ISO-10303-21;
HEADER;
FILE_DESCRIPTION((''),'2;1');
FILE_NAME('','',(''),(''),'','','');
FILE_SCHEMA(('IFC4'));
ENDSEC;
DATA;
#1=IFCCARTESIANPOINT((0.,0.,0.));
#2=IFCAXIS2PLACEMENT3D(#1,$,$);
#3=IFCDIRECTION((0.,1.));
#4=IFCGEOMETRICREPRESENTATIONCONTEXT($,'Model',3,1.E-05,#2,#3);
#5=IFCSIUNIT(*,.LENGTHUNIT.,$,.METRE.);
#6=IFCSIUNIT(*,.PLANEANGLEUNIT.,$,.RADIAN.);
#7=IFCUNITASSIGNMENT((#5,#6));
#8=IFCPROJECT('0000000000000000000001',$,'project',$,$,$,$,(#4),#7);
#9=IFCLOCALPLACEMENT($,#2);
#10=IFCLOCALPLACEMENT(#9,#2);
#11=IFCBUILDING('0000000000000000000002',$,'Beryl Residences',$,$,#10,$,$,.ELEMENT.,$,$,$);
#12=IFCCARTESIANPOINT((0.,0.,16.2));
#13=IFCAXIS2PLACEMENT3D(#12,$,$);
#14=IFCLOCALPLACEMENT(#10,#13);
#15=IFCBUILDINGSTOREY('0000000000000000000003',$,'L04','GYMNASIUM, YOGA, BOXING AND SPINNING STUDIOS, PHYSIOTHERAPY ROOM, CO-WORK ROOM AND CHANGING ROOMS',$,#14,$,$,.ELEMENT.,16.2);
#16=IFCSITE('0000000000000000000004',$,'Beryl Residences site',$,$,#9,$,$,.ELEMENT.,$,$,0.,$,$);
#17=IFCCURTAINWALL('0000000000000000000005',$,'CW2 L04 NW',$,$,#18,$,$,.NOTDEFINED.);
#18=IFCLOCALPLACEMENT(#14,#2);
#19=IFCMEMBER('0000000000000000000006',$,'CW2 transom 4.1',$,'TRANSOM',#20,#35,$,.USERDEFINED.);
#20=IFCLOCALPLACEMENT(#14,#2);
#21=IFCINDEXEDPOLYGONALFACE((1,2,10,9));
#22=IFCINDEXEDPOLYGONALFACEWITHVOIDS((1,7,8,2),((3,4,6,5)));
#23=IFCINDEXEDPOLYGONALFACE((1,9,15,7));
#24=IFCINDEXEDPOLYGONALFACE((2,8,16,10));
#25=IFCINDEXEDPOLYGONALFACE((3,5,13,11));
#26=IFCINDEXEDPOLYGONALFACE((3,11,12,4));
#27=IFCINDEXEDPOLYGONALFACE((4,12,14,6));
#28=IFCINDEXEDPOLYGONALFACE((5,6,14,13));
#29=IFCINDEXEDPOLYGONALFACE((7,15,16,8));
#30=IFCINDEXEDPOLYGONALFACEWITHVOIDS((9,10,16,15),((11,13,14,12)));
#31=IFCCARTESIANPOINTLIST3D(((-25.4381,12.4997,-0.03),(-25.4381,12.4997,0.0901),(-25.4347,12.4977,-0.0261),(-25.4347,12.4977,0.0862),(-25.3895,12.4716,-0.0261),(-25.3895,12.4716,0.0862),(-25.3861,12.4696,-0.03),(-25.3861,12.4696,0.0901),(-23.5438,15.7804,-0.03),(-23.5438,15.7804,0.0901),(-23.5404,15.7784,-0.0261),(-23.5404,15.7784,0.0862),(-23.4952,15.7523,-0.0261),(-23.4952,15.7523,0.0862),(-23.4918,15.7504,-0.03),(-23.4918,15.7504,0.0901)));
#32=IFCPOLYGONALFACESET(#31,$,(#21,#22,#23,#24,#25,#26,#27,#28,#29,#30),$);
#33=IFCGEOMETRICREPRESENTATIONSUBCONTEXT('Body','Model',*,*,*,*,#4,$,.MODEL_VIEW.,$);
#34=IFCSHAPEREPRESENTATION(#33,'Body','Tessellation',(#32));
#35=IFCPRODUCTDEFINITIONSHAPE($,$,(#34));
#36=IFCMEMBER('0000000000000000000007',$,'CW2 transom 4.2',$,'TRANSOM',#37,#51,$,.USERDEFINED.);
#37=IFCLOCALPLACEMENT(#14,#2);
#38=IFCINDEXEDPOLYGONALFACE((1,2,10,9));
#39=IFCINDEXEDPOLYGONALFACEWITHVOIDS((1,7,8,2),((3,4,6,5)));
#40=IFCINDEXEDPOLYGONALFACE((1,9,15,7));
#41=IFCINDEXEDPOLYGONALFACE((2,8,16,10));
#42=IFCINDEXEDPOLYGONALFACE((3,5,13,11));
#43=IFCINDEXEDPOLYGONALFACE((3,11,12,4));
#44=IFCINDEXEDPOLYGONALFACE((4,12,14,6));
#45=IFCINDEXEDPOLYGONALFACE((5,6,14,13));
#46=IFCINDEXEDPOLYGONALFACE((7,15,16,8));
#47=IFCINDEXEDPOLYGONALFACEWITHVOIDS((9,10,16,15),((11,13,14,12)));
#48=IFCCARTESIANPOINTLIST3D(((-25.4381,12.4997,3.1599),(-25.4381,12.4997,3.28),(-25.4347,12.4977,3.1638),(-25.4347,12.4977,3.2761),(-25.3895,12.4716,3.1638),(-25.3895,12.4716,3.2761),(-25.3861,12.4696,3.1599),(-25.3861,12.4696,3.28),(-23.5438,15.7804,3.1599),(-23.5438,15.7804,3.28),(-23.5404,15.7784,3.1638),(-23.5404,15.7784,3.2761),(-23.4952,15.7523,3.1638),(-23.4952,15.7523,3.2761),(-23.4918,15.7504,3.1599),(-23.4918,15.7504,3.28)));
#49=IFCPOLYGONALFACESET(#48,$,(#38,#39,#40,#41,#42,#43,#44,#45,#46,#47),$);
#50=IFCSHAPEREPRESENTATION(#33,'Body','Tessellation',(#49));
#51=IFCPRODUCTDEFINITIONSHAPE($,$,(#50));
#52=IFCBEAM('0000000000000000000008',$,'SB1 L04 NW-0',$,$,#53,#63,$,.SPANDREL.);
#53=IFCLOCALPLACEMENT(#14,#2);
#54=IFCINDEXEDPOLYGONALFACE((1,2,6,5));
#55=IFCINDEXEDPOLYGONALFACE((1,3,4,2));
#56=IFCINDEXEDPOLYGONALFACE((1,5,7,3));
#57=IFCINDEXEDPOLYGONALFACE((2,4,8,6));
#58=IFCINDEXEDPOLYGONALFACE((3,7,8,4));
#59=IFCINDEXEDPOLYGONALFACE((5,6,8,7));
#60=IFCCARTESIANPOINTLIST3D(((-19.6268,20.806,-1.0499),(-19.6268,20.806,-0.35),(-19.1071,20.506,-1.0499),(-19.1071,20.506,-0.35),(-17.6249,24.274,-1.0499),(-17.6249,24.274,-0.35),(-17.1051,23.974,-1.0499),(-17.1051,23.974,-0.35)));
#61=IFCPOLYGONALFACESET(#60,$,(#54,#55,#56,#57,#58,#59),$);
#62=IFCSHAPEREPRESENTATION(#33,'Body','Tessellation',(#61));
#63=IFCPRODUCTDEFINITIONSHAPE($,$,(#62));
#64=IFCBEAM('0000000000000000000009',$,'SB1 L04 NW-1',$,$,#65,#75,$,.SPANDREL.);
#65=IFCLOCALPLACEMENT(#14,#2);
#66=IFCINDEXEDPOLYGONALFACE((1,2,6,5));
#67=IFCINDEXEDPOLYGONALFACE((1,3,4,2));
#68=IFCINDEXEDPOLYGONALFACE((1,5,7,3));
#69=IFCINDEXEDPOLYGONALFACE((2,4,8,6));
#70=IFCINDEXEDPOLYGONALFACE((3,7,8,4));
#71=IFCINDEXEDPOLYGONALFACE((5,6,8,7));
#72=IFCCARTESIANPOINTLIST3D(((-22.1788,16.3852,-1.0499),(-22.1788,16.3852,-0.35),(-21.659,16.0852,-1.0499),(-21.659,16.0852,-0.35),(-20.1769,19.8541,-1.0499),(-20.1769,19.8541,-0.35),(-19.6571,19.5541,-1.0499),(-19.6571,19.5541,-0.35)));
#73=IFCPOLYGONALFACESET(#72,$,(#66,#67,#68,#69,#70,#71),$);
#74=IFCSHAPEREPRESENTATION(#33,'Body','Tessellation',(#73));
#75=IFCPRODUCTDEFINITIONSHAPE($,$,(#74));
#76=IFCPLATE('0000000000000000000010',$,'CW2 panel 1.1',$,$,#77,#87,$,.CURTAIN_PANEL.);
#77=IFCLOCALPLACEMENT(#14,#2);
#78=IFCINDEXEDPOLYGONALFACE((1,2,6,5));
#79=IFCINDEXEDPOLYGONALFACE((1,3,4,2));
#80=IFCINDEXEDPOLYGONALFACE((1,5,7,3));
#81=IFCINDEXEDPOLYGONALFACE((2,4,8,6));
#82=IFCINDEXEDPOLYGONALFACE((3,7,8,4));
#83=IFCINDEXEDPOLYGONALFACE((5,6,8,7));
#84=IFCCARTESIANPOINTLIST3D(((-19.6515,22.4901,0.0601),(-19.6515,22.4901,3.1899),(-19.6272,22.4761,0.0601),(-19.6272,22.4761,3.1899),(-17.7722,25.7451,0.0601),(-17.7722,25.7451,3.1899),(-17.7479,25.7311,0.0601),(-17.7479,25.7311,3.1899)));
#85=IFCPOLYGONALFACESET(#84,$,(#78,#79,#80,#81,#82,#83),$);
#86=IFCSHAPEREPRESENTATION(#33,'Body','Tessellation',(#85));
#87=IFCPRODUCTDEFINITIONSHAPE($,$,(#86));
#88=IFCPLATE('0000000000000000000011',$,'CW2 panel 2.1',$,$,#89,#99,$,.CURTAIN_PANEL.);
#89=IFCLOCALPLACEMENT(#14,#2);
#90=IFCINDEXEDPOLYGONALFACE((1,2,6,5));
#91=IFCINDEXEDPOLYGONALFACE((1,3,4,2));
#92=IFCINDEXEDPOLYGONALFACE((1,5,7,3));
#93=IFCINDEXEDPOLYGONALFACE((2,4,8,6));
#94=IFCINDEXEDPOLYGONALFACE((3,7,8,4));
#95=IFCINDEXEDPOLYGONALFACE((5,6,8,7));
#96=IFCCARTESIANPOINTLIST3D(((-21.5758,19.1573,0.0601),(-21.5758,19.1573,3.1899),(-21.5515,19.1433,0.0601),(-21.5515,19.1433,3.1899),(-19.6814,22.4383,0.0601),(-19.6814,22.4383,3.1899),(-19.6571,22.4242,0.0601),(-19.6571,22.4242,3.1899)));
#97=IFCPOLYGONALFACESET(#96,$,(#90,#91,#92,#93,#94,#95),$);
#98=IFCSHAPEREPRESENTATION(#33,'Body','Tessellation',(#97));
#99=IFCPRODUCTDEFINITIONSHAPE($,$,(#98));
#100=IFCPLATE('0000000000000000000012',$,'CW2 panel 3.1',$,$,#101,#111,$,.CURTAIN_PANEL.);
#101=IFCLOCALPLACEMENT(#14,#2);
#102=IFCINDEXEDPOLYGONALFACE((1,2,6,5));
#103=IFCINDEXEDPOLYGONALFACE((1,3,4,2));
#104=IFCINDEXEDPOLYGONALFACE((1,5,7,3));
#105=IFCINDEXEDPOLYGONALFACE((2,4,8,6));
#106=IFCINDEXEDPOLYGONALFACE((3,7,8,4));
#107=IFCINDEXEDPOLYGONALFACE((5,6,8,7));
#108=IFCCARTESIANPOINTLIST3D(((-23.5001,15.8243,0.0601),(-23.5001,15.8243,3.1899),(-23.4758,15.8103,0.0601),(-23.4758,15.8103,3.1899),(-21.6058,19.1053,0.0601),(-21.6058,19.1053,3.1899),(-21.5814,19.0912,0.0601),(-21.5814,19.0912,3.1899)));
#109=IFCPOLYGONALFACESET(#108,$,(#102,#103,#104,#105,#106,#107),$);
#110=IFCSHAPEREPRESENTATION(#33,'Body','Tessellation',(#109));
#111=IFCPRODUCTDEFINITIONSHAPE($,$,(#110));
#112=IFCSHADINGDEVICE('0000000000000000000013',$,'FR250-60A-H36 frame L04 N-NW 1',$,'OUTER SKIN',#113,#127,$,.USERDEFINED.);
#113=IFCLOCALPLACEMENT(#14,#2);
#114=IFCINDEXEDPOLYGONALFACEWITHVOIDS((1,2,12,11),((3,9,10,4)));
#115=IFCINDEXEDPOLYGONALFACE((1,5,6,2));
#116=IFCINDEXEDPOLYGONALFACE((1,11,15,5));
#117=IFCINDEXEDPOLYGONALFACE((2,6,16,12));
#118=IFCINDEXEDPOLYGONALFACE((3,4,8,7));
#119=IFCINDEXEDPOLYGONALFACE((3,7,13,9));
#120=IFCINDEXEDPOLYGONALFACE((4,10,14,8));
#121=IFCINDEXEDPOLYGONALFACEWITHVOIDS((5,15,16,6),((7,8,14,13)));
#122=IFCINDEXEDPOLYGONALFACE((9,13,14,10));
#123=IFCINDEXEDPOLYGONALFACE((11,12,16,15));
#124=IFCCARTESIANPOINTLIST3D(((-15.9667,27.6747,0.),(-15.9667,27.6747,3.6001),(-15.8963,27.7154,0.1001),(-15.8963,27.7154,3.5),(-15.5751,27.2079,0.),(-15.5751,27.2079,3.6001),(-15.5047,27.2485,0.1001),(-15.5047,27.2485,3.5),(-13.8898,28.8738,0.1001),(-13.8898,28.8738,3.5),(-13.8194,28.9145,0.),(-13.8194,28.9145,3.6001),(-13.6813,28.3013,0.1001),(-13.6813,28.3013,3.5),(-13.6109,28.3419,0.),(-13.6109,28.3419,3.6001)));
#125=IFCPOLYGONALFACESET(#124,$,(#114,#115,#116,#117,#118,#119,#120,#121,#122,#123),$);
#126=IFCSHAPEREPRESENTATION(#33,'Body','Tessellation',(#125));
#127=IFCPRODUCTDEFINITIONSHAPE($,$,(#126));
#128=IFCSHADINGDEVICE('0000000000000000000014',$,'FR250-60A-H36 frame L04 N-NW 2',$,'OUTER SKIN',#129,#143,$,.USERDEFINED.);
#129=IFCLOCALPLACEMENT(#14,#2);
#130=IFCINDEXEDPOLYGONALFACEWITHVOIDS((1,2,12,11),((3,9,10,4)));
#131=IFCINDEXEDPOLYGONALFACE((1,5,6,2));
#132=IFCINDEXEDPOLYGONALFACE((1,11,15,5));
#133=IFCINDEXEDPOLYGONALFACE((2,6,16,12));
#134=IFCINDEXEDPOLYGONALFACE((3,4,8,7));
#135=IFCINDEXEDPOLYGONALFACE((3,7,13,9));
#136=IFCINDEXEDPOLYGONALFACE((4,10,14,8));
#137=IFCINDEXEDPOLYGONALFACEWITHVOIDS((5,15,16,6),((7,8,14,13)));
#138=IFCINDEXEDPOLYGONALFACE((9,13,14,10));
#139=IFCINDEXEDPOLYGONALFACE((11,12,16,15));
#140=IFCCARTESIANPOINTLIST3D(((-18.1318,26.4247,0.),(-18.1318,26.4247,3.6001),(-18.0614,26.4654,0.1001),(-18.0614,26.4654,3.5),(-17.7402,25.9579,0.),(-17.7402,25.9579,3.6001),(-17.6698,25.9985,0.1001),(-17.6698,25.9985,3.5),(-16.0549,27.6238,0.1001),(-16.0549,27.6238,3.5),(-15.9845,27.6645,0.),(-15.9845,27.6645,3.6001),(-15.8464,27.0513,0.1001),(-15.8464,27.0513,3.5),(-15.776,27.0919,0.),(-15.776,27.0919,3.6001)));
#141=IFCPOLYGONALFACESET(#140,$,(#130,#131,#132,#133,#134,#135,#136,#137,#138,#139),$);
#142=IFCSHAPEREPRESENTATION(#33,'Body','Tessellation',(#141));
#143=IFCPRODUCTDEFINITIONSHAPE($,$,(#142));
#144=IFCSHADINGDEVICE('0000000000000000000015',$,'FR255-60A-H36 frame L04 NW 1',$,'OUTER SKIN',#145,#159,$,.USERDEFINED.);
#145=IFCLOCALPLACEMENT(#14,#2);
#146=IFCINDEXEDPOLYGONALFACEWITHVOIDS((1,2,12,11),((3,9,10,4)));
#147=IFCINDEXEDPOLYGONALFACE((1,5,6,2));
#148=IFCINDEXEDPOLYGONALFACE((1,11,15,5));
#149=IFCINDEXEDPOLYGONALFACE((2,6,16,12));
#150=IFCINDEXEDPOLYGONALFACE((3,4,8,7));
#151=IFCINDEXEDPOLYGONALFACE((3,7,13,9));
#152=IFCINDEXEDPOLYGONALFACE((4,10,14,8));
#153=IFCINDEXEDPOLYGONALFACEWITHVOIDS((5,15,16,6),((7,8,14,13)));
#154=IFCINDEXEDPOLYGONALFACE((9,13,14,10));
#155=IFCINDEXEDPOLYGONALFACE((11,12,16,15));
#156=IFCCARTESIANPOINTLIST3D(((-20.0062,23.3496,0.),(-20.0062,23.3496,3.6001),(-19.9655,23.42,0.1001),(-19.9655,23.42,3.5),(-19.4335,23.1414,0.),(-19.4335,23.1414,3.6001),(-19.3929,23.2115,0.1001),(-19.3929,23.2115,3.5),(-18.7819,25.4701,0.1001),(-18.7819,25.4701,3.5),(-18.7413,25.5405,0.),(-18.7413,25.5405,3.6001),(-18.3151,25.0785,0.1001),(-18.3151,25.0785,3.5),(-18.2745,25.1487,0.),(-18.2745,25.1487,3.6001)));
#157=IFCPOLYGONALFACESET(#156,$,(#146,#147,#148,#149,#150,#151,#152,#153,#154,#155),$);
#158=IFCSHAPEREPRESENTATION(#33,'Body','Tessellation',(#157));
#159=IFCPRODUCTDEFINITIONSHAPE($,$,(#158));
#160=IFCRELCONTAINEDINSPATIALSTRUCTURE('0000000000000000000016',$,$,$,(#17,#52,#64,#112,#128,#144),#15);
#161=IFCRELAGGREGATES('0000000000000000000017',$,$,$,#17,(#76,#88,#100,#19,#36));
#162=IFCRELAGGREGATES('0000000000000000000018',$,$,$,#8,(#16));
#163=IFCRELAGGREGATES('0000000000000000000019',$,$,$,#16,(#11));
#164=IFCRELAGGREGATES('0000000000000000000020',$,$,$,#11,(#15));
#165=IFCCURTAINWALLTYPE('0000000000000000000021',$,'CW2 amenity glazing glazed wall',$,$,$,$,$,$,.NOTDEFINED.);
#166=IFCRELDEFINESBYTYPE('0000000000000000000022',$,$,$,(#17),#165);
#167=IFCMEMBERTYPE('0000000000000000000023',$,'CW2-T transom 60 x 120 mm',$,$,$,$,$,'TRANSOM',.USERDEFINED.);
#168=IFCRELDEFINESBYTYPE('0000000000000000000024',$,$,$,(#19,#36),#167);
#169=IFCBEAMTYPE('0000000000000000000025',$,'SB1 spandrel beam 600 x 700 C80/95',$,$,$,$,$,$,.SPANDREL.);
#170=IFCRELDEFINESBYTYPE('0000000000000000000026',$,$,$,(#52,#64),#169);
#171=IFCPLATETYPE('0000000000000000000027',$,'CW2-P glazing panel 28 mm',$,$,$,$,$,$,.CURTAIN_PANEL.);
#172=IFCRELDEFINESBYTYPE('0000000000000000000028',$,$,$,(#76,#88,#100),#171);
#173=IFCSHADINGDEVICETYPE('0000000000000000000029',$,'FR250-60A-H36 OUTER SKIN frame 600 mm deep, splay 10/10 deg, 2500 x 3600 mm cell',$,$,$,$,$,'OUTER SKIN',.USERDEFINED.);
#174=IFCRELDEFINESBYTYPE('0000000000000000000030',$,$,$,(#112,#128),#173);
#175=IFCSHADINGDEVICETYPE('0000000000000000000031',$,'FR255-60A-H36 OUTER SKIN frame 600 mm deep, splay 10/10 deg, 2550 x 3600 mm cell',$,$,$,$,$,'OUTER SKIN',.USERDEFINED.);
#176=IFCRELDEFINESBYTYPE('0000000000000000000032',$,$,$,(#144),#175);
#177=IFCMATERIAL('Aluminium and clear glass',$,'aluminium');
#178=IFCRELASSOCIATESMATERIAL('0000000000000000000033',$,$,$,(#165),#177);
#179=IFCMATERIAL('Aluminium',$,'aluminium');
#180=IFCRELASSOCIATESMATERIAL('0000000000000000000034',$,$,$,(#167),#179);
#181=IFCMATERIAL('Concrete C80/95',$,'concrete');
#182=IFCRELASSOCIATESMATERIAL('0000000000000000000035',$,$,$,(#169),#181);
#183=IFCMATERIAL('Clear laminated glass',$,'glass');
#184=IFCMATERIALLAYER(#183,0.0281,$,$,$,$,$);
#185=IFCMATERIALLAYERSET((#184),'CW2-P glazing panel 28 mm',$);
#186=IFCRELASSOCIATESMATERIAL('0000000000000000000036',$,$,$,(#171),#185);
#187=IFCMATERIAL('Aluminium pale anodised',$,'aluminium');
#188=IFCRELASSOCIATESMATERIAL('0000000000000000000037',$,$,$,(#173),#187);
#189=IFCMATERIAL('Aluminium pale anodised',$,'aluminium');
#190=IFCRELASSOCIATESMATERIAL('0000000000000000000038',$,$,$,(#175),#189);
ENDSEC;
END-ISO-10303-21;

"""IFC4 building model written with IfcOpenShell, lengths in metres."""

from ifc_helpers import new_model, entity, si_unit, direction, frame, origin, origin_2d, place, context, subcontext, project, spatial, rectangle, hollow_rectangle, extrude, source, transform, mapped, material, layer, layer_set, material_profile, profile_set, type_object, type_shapes, element, aggregate, save


model = new_model("IFC4")

# Units and contexts
model_context = context("Model", 3, precision=1e-05, world=origin(), true_north=direction((0.0, 1.0)))
body_context = subcontext(model_context, "Body", "Model", "MODEL_VIEW")
ifc_project = project(units=[si_unit("LENGTHUNIT", "METRE"), si_unit("PLANEANGLEUNIT", "RADIAN")], contexts=[model_context])

# Site, building, storey
site_placement = place(None, origin())
site = spatial("IfcSite", under=ifc_project, at=site_placement, Name="Beryl Residences site", CompositionType="ELEMENT", RefElevation=0.0)
building_placement = place(site_placement, origin())
building = spatial("IfcBuilding", under=site, at=building_placement, Name="Beryl Residences", CompositionType="ELEMENT")
storey_placement = place(building_placement, frame((0.0, 0.0, 16.2)))
storey = spatial("IfcBuildingStorey", under=building, at=storey_placement, Name="L04", Description="GYMNASIUM, YOGA, BOXING AND SPINNING STUDIOS, PHYSIOTHERAPY ROOM, CO-WORK ROOM AND CHANGING ROOMS", CompositionType="ELEMENT", Elevation=16.2)

# Curtain wall, members
ifc_material_1 = material(Name="Aluminium and clear glass", Category="aluminium")
curtain_wall_type = type_object("IfcCurtainWallType", Name="CW2 amenity glazing glazed wall", PredefinedType="NOTDEFINED", material=ifc_material_1)
curtain_wall_placement = place(storey_placement, origin())
curtain_wall = element("IfcCurtainWall", 1, at=curtain_wall_placement, inside=storey, type_object=curtain_wall_type, Name="CW2 L04 NW", PredefinedType="NOTDEFINED")
ifc_material_2 = material(Name="Aluminium", Category="aluminium")
ifc_material_profile_1 = material_profile(ifc_material_2, hollow_rectangle(XDim=0.0601, YDim=0.1201, WallThickness=0.0039, at=origin_2d()))
ifc_profile_set_1 = profile_set([ifc_material_profile_1], Name="Aluminium")
member_type_1 = type_object("IfcMemberType", Name="CW2-T transom 60 x 120 mm", ElementType="TRANSOM", PredefinedType="USERDEFINED", material=ifc_profile_set_1)
member_1_placement = place(storey_placement, frame((-23.5178, 15.7654, 0.03), z_axis=(-0.500027, -0.86601, 0.0), x_axis=(0.86601, -0.500027, 0.0)))
member_1 = element("IfcMember", 2, at=member_1_placement, type_object=member_type_1, Name="CW2 transom 4.1", ObjectType="TRANSOM", PredefinedType="USERDEFINED", context=body_context, shape_type="SweptSolid", body=[
    extrude(hollow_rectangle(XDim=0.0601, YDim=0.1201, WallThickness=0.0039, at=origin_2d()), origin(), (0.0, 0.0, 1.0), 3.7883),
])
member_2_placement = place(storey_placement, frame((-23.5178, 15.7654, 3.22), z_axis=(-0.500027, -0.86601, 0.0), x_axis=(0.86601, -0.500027, 0.0)))
member_2 = element("IfcMember", 3, at=member_2_placement, type_object=member_type_1, Name="CW2 transom 4.2", ObjectType="TRANSOM", PredefinedType="USERDEFINED", context=body_context, shape_type="SweptSolid", body=[
    extrude(hollow_rectangle(XDim=0.0601, YDim=0.1201, WallThickness=0.0039, at=origin_2d()), origin(), (0.0, 0.0, 1.0), 3.7883),
])

# Beams
ifc_material_3 = material(Name="Concrete C80/95", Category="concrete")
ifc_material_profile_2 = material_profile(ifc_material_3, rectangle(XDim=0.6001, YDim=0.7, at=origin_2d()))
ifc_profile_set_2 = profile_set([ifc_material_profile_2], Name="Concrete C80/95")
beam_type = type_object("IfcBeamType", Name="SB1 spandrel beam 600 x 700 C80/95", PredefinedType="SPANDREL", material=ifc_profile_set_2)
beam_1_placement = place(storey_placement, frame((-17.365, 24.124, -0.7), z_axis=(-0.499942, -0.866059, 0.0), x_axis=(0.866059, -0.499942, 0.0)))
element("IfcBeam", 4, at=beam_1_placement, inside=storey, type_object=beam_type, Name="SB1 L04 NW-0", PredefinedType="SPANDREL", context=body_context, shape_type="SweptSolid", body=[
    extrude(rectangle(XDim=0.6001, YDim=0.7, at=origin_2d()), origin(), (0.0, 0.0, 1.0), 4.0044),
])
beam_2_placement = place(storey_placement, frame((-19.917, 19.7041, -0.7), z_axis=(-0.499837, -0.86612, 0.0), x_axis=(0.86612, -0.499837, 0.0)))
element("IfcBeam", 5, at=beam_2_placement, inside=storey, type_object=beam_type, Name="SB1 L04 NW-1", PredefinedType="SPANDREL", context=body_context, shape_type="SweptSolid", body=[
    extrude(rectangle(XDim=0.6001, YDim=0.7, at=origin_2d()), origin(), (0.0, 0.0, 1.0), 4.0051),
])

# Plates
ifc_material_4 = material(Name="Clear laminated glass", Category="glass")
ifc_layer = layer(ifc_material_4, 0.0281)
ifc_layer_set = layer_set([ifc_layer], Name="CW2-P glazing panel 28 mm")
plate_type = type_object("IfcPlateType", Name="CW2-P glazing panel 28 mm", PredefinedType="CURTAIN_PANEL", material=ifc_layer_set)
plate_1_placement = place(storey_placement, frame((-18.6997, 24.1106, 0.0601), z_axis=(0.0, 0.0, 1.0), x_axis=(-0.500012, -0.866019, 0.0)))
plate_1 = element("IfcPlate", 6, at=plate_1_placement, type_object=plate_type, Name="CW2 panel 1.1", PredefinedType="CURTAIN_PANEL", context=body_context, shape_type="SweptSolid", body=[
    extrude(rectangle(XDim=3.7585, YDim=0.0281, at=origin_2d()), origin(), (0.0, 0.0, 1.0), 3.1299),
])
plate_2_placement = place(storey_placement, frame((-20.6165, 20.7908, 0.0601), z_axis=(0.0, 0.0, 1.0), x_axis=(-0.500012, -0.866019, 0.0)))
plate_2 = element("IfcPlate", 7, at=plate_2_placement, type_object=plate_type, Name="CW2 panel 2.1", PredefinedType="CURTAIN_PANEL", context=body_context, shape_type="SweptSolid", body=[
    extrude(rectangle(XDim=3.7886, YDim=0.0281, at=origin_2d()), origin(), (0.0, 0.0, 1.0), 3.1299),
])
plate_3_placement = place(storey_placement, frame((-22.5408, 17.4578, 0.0601), z_axis=(0.0, 0.0, 1.0), x_axis=(-0.500012, -0.866019, 0.0)))
plate_3 = element("IfcPlate", 8, at=plate_3_placement, type_object=plate_type, Name="CW2 panel 3.1", PredefinedType="CURTAIN_PANEL", context=body_context, shape_type="SweptSolid", body=[
    extrude(rectangle(XDim=3.7886, YDim=0.0281, at=origin_2d()), origin(), (0.0, 0.0, 1.0), 3.1299),
])
aggregate(curtain_wall, [plate_1, plate_2, plate_3, member_1, member_2])

# Shading devices
ifc_material_5 = material(Name="Aluminium pale anodised", Category="aluminium")
shading_device_type_1 = type_object("IfcShadingDeviceType", Name="FR250-60A-H36 OUTER SKIN frame 600 mm deep, splay 10/10 deg, 2500 x 3600 mm cell", ElementType="OUTER SKIN", PredefinedType="USERDEFINED", material=ifc_material_5)
cartesian_point_1 = entity("IfcCartesianPoint", [-1.134, 0.0])
cartesian_point_2 = entity("IfcCartesianPoint", [-1.0527, 0.1001])
cartesian_point_3 = entity("IfcCartesianPoint", [-1.2397, 0.0])
cartesian_point_4 = entity("IfcCartesianPoint", [-1.1584, 0.1001])
shared_shape_1 = source(origin(), body_context, "Body", "SweptSolid", [
    entity("IfcExtrudedAreaSolidTapered", entity("IfcArbitraryProfileDefWithVoids", "AREA", None, entity("IfcPolyline", [cartesian_point_1, entity("IfcCartesianPoint", [1.134, 0.0]), entity("IfcCartesianPoint", [1.134, 3.6001]), entity("IfcCartesianPoint", [-1.134, 3.6001]), cartesian_point_1]), [entity("IfcPolyline", [cartesian_point_2, entity("IfcCartesianPoint", [1.0527, 0.1001]), entity("IfcCartesianPoint", [1.0527, 3.5]), entity("IfcCartesianPoint", [-1.0527, 3.5]), cartesian_point_2])]), entity("IfcAxis2Placement3D", entity("IfcCartesianPoint", [0.0, 0.0, 0.0]), entity("IfcDirection", [0.0, 1.0, 0.0]), entity("IfcDirection", [-1.0, 0.0, 0.0])), entity("IfcDirection", [0.0, 0.0, 1.0]), 0.6001, entity("IfcArbitraryProfileDefWithVoids", "AREA", None, entity("IfcPolyline", [cartesian_point_3, entity("IfcCartesianPoint", [1.2397, 0.0]), entity("IfcCartesianPoint", [1.2397, 3.6001]), entity("IfcCartesianPoint", [-1.2397, 3.6001]), cartesian_point_3]), [entity("IfcPolyline", [cartesian_point_4, entity("IfcCartesianPoint", [1.1584, 0.1001]), entity("IfcCartesianPoint", [1.1584, 3.5]), entity("IfcCartesianPoint", [-1.1584, 3.5]), cartesian_point_4])])),
])
type_shapes(shading_device_type_1, [shared_shape_1])
for number, where, z_axis, x_axis, name in (
    (9, (-14.593, 27.7749, 0.0), (0.0, 0.0, 1.0), (0.866025, 0.5, 0.0), "FR250-60A-H36 frame L04 N-NW 1"),
    (10, (-16.7581, 26.5249, 0.0), (0.0, 0.0, 1.0), (0.866025, 0.5, 0.0), "FR250-60A-H36 frame L04 N-NW 2"),
):
    element("IfcShadingDevice", number, at=place(storey_placement, frame(where, z_axis=z_axis, x_axis=x_axis)), inside=storey, type_object=shading_device_type_1, Name=name, ObjectType="OUTER SKIN", PredefinedType="USERDEFINED", context=body_context, shape_type="MappedRepresentation", body=[
        mapped(shared_shape_1, transform((0.0, 0.0, 0.0))),
    ])
ifc_material_6 = material(Name="Aluminium pale anodised", Category="aluminium")
shading_device_type_2 = type_object("IfcShadingDeviceType", Name="FR255-60A-H36 OUTER SKIN frame 600 mm deep, splay 10/10 deg, 2550 x 3600 mm cell", ElementType="OUTER SKIN", PredefinedType="USERDEFINED", material=ifc_material_6)
cartesian_point_5 = entity("IfcCartesianPoint", [-1.1589, 0.0])
cartesian_point_6 = entity("IfcCartesianPoint", [-1.0779, 0.1001])
cartesian_point_7 = entity("IfcCartesianPoint", [-1.2649, 0.0])
cartesian_point_8 = entity("IfcCartesianPoint", [-1.1836, 0.1001])
shared_shape_2 = source(origin(), body_context, "Body", "SweptSolid", [
    entity("IfcExtrudedAreaSolidTapered", entity("IfcArbitraryProfileDefWithVoids", "AREA", None, entity("IfcPolyline", [cartesian_point_5, entity("IfcCartesianPoint", [1.1589, 0.0]), entity("IfcCartesianPoint", [1.1589, 3.6001]), entity("IfcCartesianPoint", [-1.1589, 3.6001]), cartesian_point_5]), [entity("IfcPolyline", [cartesian_point_6, entity("IfcCartesianPoint", [1.0779, 0.1001]), entity("IfcCartesianPoint", [1.0779, 3.5]), entity("IfcCartesianPoint", [-1.0779, 3.5]), cartesian_point_6])]), entity("IfcAxis2Placement3D", entity("IfcCartesianPoint", [0.0, 0.0, 0.0]), entity("IfcDirection", [0.0, 1.0, 0.0]), entity("IfcDirection", [-1.0, 0.0, 0.0])), entity("IfcDirection", [0.0, 0.0, 1.0]), 0.6001, entity("IfcArbitraryProfileDefWithVoids", "AREA", None, entity("IfcPolyline", [cartesian_point_7, entity("IfcCartesianPoint", [1.2649, 0.0]), entity("IfcCartesianPoint", [1.2649, 3.6001]), entity("IfcCartesianPoint", [-1.2649, 3.6001]), cartesian_point_7]), [entity("IfcPolyline", [cartesian_point_8, entity("IfcCartesianPoint", [1.1836, 0.1001]), entity("IfcCartesianPoint", [1.1836, 3.5]), entity("IfcCartesianPoint", [-1.1836, 3.5]), cartesian_point_8])])),
])
type_shapes(shading_device_type_2, [shared_shape_2])
for number, where, z_axis, x_axis, name in (
    (11, (-18.854, 24.145, 0.0), (0.0, 0.0, 1.0), (0.5, 0.866025, 0.0), "FR255-60A-H36 frame L04 NW 1"),
):
    element("IfcShadingDevice", number, at=place(storey_placement, frame(where, z_axis=z_axis, x_axis=x_axis)), inside=storey, type_object=shading_device_type_2, Name=name, ObjectType="OUTER SKIN", PredefinedType="USERDEFINED", context=body_context, shape_type="MappedRepresentation", body=[
        mapped(shared_shape_2, transform((0.0, 0.0, 0.0))),
    ])

save(model, "model.ifc")
